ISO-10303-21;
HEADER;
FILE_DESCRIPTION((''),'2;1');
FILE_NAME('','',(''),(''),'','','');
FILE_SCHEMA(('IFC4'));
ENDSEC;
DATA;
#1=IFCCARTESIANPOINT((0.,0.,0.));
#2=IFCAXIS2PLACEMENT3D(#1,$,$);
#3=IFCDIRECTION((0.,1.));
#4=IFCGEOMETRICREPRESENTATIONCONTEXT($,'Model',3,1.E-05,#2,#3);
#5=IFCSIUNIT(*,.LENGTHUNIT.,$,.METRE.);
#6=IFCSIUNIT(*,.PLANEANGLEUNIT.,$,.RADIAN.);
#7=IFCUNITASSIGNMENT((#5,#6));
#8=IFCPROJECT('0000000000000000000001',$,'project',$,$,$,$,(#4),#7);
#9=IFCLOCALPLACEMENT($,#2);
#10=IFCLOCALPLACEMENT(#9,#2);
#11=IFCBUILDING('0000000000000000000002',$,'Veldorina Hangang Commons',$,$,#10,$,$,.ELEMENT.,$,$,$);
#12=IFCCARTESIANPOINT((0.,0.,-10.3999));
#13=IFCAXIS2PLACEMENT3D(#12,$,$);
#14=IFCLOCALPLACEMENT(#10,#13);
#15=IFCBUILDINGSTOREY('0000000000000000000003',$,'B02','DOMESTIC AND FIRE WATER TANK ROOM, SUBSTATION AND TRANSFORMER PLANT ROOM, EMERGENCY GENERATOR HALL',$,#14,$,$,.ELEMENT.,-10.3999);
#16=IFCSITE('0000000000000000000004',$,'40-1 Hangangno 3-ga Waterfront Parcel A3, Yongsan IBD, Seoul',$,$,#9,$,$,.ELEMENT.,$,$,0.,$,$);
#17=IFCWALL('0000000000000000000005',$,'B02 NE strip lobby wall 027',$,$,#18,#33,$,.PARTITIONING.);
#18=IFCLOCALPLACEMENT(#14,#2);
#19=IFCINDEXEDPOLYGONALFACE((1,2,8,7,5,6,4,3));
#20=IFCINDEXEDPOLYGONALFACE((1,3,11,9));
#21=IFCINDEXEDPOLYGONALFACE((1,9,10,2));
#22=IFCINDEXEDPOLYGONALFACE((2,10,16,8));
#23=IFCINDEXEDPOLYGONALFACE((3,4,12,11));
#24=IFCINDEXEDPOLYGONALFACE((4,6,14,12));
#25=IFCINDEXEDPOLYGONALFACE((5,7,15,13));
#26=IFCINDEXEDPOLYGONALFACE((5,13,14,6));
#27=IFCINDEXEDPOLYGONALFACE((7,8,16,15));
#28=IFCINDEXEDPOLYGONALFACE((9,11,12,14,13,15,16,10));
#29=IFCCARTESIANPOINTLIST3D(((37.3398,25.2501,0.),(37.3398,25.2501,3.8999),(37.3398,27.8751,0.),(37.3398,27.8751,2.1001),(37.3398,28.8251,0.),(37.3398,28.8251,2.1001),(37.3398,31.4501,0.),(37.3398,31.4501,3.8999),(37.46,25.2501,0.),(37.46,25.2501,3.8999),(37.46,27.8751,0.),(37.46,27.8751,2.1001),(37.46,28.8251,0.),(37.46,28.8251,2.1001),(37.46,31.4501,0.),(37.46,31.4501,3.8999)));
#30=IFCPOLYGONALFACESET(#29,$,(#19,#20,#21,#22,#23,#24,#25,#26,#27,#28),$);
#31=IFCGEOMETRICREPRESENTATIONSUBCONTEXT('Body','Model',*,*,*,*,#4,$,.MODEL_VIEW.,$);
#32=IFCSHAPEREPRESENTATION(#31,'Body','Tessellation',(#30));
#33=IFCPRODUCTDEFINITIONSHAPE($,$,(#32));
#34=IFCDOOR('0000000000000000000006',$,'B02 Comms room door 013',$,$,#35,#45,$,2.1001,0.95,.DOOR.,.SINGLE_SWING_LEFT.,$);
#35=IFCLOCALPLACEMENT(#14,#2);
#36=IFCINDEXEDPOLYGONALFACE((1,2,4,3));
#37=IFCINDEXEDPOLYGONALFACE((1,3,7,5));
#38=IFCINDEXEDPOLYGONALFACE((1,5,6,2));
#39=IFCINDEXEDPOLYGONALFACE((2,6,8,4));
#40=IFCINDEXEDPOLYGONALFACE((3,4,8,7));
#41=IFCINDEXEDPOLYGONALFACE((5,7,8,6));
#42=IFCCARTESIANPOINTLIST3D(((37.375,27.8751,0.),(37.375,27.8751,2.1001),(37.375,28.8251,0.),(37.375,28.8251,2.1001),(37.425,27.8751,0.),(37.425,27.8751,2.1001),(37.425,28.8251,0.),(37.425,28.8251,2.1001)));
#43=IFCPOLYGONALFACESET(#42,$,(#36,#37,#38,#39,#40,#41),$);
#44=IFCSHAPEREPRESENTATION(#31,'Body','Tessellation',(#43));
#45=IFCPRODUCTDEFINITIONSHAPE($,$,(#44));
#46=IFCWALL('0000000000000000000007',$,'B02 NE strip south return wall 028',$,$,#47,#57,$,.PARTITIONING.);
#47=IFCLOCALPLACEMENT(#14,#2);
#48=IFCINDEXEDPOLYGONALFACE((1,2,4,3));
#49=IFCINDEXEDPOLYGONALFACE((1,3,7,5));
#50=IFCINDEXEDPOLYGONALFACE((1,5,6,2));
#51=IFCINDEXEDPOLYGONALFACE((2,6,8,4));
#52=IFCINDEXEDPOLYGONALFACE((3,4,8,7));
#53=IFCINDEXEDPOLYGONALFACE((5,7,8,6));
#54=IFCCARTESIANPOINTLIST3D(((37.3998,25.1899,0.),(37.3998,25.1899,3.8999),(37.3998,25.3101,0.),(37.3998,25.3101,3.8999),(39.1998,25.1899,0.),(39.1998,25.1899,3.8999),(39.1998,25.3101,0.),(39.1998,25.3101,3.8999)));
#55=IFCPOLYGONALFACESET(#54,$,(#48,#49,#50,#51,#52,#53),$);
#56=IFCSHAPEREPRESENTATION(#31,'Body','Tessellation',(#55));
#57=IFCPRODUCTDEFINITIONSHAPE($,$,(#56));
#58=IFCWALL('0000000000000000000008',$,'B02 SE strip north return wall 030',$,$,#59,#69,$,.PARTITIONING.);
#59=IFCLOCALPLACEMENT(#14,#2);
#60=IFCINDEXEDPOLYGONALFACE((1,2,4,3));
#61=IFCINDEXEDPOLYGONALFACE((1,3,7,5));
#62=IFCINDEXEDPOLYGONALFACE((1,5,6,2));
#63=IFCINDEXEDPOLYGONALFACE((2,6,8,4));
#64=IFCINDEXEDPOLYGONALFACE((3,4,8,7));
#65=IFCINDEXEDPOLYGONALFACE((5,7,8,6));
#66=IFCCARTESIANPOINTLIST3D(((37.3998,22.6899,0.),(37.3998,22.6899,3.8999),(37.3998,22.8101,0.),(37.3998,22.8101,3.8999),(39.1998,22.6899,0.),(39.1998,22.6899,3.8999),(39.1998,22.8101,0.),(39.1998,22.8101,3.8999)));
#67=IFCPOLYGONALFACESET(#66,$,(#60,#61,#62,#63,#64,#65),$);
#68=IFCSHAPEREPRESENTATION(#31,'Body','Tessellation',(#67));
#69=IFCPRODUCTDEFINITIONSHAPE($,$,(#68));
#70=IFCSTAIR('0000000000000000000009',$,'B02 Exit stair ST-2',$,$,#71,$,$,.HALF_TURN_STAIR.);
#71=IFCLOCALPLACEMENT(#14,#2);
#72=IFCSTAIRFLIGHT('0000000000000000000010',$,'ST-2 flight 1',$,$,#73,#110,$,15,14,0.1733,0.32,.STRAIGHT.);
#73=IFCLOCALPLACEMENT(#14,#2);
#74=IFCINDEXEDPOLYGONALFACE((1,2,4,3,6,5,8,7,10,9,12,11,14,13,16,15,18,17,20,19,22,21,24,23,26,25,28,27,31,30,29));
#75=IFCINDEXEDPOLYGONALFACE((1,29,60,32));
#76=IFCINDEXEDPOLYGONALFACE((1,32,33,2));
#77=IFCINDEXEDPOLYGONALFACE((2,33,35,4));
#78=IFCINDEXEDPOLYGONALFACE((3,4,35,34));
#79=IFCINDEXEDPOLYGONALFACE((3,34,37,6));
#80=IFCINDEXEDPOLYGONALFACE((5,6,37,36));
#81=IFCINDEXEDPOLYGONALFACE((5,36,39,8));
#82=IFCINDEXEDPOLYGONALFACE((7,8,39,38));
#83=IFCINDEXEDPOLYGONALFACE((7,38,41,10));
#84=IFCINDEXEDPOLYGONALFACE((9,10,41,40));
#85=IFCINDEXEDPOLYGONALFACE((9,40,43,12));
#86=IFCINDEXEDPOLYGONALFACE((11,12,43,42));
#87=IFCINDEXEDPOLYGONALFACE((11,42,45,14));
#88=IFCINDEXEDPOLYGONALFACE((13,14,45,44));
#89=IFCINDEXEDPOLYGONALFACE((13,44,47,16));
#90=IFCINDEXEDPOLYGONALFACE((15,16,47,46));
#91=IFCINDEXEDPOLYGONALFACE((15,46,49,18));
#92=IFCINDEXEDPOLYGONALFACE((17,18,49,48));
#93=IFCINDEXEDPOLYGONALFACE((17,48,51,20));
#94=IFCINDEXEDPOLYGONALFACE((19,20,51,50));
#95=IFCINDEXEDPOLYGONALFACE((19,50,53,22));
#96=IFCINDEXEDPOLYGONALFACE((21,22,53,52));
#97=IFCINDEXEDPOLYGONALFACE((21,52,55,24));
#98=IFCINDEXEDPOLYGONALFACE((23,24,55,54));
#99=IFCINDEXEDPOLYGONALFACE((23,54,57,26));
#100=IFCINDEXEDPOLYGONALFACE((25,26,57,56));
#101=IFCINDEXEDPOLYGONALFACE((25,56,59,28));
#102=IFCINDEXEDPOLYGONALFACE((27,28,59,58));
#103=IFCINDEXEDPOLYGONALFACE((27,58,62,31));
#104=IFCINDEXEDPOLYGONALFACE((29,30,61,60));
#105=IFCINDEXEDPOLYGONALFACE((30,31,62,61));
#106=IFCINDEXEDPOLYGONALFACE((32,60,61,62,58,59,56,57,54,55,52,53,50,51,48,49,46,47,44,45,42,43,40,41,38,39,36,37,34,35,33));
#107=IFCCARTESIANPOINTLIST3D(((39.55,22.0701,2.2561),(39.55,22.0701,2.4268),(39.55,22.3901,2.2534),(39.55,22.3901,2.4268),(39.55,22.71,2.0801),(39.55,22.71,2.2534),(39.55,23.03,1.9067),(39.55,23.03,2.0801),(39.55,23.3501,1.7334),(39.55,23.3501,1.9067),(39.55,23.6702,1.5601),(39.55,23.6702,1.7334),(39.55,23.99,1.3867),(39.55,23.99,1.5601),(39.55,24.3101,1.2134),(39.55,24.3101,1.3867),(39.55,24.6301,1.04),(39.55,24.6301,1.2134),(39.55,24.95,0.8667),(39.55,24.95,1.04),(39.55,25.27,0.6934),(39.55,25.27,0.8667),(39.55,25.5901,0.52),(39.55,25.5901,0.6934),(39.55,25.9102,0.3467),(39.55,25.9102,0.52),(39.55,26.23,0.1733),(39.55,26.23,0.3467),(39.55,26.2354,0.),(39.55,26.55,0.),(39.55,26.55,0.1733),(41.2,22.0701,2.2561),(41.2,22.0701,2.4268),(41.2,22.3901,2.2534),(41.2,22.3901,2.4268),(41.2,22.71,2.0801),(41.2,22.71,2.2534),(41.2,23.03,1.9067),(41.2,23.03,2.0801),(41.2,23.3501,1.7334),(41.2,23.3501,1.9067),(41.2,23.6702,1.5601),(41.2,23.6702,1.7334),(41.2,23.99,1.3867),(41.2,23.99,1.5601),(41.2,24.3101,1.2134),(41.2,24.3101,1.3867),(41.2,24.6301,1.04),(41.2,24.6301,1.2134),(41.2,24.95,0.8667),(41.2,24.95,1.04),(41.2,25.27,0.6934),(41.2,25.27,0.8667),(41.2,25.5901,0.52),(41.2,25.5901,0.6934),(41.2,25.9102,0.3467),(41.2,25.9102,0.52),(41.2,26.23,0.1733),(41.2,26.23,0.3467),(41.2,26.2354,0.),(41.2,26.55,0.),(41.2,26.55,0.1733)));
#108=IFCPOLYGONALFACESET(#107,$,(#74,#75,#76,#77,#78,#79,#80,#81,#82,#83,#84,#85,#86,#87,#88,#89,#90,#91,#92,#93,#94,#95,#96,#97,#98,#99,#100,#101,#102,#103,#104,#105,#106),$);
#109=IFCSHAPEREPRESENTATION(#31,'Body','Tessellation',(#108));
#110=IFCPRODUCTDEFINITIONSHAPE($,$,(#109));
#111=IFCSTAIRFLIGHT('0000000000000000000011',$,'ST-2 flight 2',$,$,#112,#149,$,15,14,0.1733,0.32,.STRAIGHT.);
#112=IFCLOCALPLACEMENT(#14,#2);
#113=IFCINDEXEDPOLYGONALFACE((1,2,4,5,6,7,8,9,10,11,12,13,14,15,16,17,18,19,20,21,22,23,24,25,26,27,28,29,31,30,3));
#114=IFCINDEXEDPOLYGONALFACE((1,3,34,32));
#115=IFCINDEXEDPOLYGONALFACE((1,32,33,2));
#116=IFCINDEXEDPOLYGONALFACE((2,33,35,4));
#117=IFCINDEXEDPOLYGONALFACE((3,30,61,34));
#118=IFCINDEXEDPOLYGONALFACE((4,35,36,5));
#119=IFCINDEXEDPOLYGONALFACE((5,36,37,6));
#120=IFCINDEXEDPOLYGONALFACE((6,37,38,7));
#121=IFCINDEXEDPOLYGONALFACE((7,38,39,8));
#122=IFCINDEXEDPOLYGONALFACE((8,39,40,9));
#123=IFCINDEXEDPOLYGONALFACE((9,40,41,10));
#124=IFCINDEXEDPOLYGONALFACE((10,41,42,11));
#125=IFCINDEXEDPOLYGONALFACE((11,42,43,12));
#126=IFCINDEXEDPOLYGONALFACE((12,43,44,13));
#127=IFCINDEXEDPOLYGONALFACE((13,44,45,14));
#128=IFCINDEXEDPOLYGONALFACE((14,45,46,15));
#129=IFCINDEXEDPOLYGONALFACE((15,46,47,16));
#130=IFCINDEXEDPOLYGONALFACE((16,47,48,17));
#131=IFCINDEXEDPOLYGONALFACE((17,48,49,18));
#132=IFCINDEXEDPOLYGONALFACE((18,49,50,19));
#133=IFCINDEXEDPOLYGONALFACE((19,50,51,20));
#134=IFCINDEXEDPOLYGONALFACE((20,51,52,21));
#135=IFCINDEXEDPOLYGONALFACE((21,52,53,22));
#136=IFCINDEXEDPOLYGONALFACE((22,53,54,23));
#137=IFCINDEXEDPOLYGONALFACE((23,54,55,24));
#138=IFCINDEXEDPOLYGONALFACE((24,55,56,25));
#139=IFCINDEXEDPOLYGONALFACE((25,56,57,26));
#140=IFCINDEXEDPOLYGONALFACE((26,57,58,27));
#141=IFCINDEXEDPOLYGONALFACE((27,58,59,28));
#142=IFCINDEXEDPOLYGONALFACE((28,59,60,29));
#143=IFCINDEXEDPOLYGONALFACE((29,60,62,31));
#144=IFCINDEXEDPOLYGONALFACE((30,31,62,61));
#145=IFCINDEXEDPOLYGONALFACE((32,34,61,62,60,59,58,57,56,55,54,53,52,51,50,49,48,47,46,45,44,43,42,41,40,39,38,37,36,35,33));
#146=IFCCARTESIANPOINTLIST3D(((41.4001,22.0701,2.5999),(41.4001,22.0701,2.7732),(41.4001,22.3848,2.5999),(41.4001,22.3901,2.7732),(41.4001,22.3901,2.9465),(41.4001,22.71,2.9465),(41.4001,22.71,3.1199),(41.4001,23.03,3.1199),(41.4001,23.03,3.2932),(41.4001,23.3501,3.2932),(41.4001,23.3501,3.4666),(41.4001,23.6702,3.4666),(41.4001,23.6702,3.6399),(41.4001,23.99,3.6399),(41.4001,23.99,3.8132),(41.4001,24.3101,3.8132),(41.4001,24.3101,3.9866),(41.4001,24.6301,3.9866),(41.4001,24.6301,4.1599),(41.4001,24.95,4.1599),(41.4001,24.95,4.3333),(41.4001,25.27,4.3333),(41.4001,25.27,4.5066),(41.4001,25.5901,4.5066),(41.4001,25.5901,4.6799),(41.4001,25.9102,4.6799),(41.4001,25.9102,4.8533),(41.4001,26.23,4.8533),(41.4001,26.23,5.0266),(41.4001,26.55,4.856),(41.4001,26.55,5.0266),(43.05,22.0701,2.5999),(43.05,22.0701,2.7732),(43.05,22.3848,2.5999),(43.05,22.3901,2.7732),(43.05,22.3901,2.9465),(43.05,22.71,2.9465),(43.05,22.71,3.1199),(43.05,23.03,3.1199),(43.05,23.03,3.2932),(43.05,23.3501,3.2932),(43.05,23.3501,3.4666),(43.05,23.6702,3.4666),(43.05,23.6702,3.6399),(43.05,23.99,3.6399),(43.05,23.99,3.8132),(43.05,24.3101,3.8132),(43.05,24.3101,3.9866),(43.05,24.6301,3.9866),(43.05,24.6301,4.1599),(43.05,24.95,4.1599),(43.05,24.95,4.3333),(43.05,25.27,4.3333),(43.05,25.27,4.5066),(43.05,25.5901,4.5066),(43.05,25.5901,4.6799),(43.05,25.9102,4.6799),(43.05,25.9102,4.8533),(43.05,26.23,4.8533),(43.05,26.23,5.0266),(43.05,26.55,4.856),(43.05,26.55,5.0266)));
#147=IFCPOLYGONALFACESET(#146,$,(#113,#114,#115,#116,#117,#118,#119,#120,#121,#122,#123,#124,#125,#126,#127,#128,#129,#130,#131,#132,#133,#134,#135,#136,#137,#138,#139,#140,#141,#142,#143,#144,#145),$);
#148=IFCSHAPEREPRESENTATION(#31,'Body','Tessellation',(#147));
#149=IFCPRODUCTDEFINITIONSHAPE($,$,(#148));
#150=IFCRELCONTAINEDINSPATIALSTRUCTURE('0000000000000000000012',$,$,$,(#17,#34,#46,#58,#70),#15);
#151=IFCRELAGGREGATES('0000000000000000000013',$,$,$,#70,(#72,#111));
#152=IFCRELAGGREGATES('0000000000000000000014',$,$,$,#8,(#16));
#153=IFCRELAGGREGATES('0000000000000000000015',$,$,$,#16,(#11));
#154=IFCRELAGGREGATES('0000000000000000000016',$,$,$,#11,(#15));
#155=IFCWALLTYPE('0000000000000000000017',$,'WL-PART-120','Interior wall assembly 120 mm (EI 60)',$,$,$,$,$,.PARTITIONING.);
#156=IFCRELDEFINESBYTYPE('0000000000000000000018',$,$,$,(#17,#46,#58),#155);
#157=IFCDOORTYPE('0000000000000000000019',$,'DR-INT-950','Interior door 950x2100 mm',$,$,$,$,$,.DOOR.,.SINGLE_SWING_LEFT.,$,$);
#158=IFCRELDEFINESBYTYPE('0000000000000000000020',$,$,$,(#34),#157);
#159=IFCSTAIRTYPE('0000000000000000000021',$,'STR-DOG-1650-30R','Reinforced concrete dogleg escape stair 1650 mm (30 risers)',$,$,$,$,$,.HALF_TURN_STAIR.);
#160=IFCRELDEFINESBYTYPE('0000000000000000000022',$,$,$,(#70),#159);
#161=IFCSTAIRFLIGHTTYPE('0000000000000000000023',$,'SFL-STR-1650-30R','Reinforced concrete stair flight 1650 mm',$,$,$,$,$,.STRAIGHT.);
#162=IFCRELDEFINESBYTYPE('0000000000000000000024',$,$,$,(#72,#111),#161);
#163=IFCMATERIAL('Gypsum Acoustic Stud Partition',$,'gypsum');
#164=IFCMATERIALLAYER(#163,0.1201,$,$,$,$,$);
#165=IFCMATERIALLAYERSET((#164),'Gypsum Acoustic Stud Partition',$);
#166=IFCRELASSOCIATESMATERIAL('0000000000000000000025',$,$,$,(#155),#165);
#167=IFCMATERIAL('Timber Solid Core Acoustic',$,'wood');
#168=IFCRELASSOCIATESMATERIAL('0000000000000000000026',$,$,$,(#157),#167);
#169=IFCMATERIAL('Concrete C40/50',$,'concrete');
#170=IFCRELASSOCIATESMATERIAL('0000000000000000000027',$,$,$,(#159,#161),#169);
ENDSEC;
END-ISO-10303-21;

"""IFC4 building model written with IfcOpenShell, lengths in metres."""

from ifc_helpers import new_model, si_unit, direction, frame, frame_2d, origin, place, context, subcontext, project, spatial, polyline, rectangle, outline, extrude, material, layer, layer_set, type_object, element, fill, aggregate, save


model = new_model("IFC4")

# Units and contexts
model_context = context("Model", 3, precision=1e-05, world=origin(), true_north=direction((0.0, 1.0)))
body_context = subcontext(model_context, "Body", "Model", "MODEL_VIEW")
ifc_project = project(units=[si_unit("LENGTHUNIT", "METRE"), si_unit("PLANEANGLEUNIT", "RADIAN")], contexts=[model_context])

# Site, building, storey
site_placement = place(None, origin())
site = spatial("IfcSite", under=ifc_project, at=site_placement, Name="40-1 Hangangno 3-ga Waterfront Parcel A3, Yongsan IBD, Seoul", CompositionType="ELEMENT", RefElevation=0.0)
building_placement = place(site_placement, origin())
building = spatial("IfcBuilding", under=site, at=building_placement, Name="Veldorina Hangang Commons", CompositionType="ELEMENT")
storey_placement = place(building_placement, frame((0.0, 0.0, -10.3999)))
storey = spatial("IfcBuildingStorey", under=building, at=storey_placement, Name="B02", Description="DOMESTIC AND FIRE WATER TANK ROOM, SUBSTATION AND TRANSFORMER PLANT ROOM, EMERGENCY GENERATOR HALL", CompositionType="ELEMENT", Elevation=-10.3999)

# Wall, opening, door
ifc_material_1 = material(Name="Gypsum Acoustic Stud Partition", Category="gypsum")
ifc_layer_1 = layer(ifc_material_1, 0.1201)
ifc_layer_set_1 = layer_set([ifc_layer_1], Name="Gypsum Acoustic Stud Partition")
wall_type_1 = type_object("IfcWallType", Name="WL-PART-120", Description="Interior wall assembly 120 mm (EI 60)", PredefinedType="PARTITIONING", material=ifc_layer_set_1)
wall_1_placement = place(storey_placement, frame((37.3999, 25.25, 0.0), z_axis=(0.0, 0.0, 1.0), x_axis=(0.0, 1.0, 0.0)))
wall_1 = element("IfcWall", 1, at=wall_1_placement, inside=storey, type_object=wall_type_1, Name="B02 NE strip lobby wall 027", PredefinedType="PARTITIONING", context=body_context, shape_type="SweptSolid", body=[
    extrude(rectangle(XDim=6.2, YDim=0.1201, at=frame_2d((3.1001, 0.0))), origin(), (0.0, 0.0, 1.0), 3.8999),
])
opening_placement = place(wall_1_placement, frame((2.625, 0.0, 0.0)))
opening = element("IfcOpeningElement", 2, at=opening_placement, cuts=wall_1, PredefinedType="OPENING", context=body_context, shape_type="SweptSolid", body=[
    extrude(rectangle(XDim=0.95, YDim=2.1001, at=frame_2d((0.4751, 1.05))), frame((0.0, 0.0701, 0.0), z_axis=(0.0, -1.0, 0.0), x_axis=(1.0, 0.0, 0.0)), (0.0, 0.0, 1.0), 0.1401),
])
ifc_material_2 = material(Name="Timber Solid Core Acoustic", Category="wood")
door_type = type_object("IfcDoorType", Name="DR-INT-950", Description="Interior door 950x2100 mm", OperationType="SINGLE_SWING_LEFT", PredefinedType="DOOR", material=ifc_material_2)
door_placement = place(opening_placement, origin())
door = element("IfcDoor", 3, at=door_placement, inside=storey, type_object=door_type, Name="B02 Comms room door 013", OperationType="SINGLE_SWING_LEFT", OverallHeight=2.1001, OverallWidth=0.95, PredefinedType="DOOR", context=body_context, shape_type="SweptSolid", body=[
    extrude(rectangle(XDim=0.95, YDim=2.1001, at=frame_2d((0.4751, 1.05))), frame((0.0, 0.0249, 0.0), z_axis=(0.0, -1.0, 0.0), x_axis=(1.0, 0.0, 0.0)), (0.0, 0.0, 1.0), 0.05),
])
fill(opening, door)

# Walls
for number, where, z_axis, x_axis, name in (
    (4, (37.3999, 25.25, 0.0), (0.0, 0.0, 1.0), (1.0, 0.0, 0.0), "B02 NE strip south return wall 028"),
    (5, (37.3999, 22.75, 0.0), (0.0, 0.0, 1.0), (1.0, 0.0, 0.0), "B02 SE strip north return wall 030"),
):
    element("IfcWall", number, at=place(storey_placement, frame(where, z_axis=z_axis, x_axis=x_axis)), inside=storey, type_object=wall_type_1, Name=name, PredefinedType="PARTITIONING", context=body_context, shape_type="SweptSolid", body=[
        extrude(rectangle(XDim=1.8, YDim=0.1201, at=frame_2d((0.8999, 0.0))), origin(), (0.0, 0.0, 1.0), 3.8999),
    ])

# Stair, stair flights
ifc_material_3 = material(Name="Concrete C40/50", Category="concrete")
stair_type = type_object("IfcStairType", Name="STR-DOG-1650-30R", Description="Reinforced concrete dogleg escape stair 1650 mm (30 risers)", PredefinedType="HALF_TURN_STAIR", material=ifc_material_3)
stair_placement = place(storey_placement, origin())
stair = element("IfcStair", 6, at=stair_placement, inside=storey, type_object=stair_type, Name="B02 Exit stair ST-2", PredefinedType="HALF_TURN_STAIR")
stair_flight_type = type_object("IfcStairFlightType", Name="SFL-STR-1650-30R", Description="Reinforced concrete stair flight 1650 mm", PredefinedType="STRAIGHT", material=ifc_material_3)
stair_flight_1_placement = place(storey_placement, frame((40.375, 26.55, 0.0), z_axis=(0.0, 0.0, 1.0), x_axis=(0.0, -1.0, 0.0)))
stair_flight_1 = element("IfcStairFlight", 7, at=stair_flight_1_placement, type_object=stair_flight_type, Name="ST-2 flight 1", NumberOfRisers=15, NumberOfTreads=14, PredefinedType="STRAIGHT", RiserHeight=0.1733, TreadLength=0.32, context=body_context, shape_type="SweptSolid", body=[
    extrude(outline(polyline([(0.0, 0.0), (0.0, 0.1733), (0.3201, 0.1733), (0.3201, 0.3467), (0.6399, 0.3467), (0.6399, 0.52), (0.96, 0.52), (0.96, 0.6934), (1.28, 0.6934), (1.28, 0.8667), (1.6001, 0.8667), (1.6001, 1.04), (1.9199, 1.04), (1.9199, 1.2134), (2.24, 1.2134), (2.24, 1.3867), (2.5601, 1.3867), (2.5601, 1.5601), (2.8799, 1.5601), (2.8799, 1.7334), (3.2, 1.7334), (3.2, 1.9067), (3.52, 1.9067), (3.52, 2.0801), (3.8401, 2.0801), (3.8401, 2.2534), (4.1599, 2.2534), (4.1599, 2.4268), (4.48, 2.4268), (4.48, 2.6001), (4.48, 2.2561), (0.3147, 0.0), (0.0, 0.0)])), frame((0.0, 0.825, 0.0), z_axis=(0.0, -1.0, 0.0), x_axis=(1.0, 0.0, 0.0)), (0.0, 0.0, 1.0), 1.6499),
])
stair_flight_2_placement = place(storey_placement, frame((42.2251, 22.0701, 2.5999), z_axis=(0.0, 0.0, 1.0), x_axis=(0.0, 1.0, 0.0)))
stair_flight_2 = element("IfcStairFlight", 8, at=stair_flight_2_placement, type_object=stair_flight_type, Name="ST-2 flight 2", NumberOfRisers=15, NumberOfTreads=14, PredefinedType="STRAIGHT", RiserHeight=0.1733, TreadLength=0.32, context=body_context, shape_type="SweptSolid", body=[
    extrude(outline(polyline([(0.0, 0.0), (0.0, 0.1733), (0.3201, 0.1733), (0.3201, 0.3467), (0.6399, 0.3467), (0.6399, 0.52), (0.96, 0.52), (0.96, 0.6934), (1.28, 0.6934), (1.28, 0.8667), (1.6001, 0.8667), (1.6001, 1.04), (1.9199, 1.04), (1.9199, 1.2134), (2.24, 1.2134), (2.24, 1.3867), (2.5601, 1.3867), (2.5601, 1.5601), (2.8799, 1.5601), (2.8799, 1.7334), (3.2, 1.7334), (3.2, 1.9067), (3.52, 1.9067), (3.52, 2.0801), (3.8401, 2.0801), (3.8401, 2.2534), (4.1599, 2.2534), (4.1599, 2.4268), (4.48, 2.4268), (4.48, 2.6001), (4.48, 2.2561), (0.3147, 0.0), (0.0, 0.0)])), frame((0.0, 0.825, 0.0), z_axis=(0.0, -1.0, 0.0), x_axis=(1.0, 0.0, 0.0)), (0.0, 0.0, 1.0), 1.6499),
])
aggregate(stair, [stair_flight_1, stair_flight_2])

save(model, "model.ifc")
